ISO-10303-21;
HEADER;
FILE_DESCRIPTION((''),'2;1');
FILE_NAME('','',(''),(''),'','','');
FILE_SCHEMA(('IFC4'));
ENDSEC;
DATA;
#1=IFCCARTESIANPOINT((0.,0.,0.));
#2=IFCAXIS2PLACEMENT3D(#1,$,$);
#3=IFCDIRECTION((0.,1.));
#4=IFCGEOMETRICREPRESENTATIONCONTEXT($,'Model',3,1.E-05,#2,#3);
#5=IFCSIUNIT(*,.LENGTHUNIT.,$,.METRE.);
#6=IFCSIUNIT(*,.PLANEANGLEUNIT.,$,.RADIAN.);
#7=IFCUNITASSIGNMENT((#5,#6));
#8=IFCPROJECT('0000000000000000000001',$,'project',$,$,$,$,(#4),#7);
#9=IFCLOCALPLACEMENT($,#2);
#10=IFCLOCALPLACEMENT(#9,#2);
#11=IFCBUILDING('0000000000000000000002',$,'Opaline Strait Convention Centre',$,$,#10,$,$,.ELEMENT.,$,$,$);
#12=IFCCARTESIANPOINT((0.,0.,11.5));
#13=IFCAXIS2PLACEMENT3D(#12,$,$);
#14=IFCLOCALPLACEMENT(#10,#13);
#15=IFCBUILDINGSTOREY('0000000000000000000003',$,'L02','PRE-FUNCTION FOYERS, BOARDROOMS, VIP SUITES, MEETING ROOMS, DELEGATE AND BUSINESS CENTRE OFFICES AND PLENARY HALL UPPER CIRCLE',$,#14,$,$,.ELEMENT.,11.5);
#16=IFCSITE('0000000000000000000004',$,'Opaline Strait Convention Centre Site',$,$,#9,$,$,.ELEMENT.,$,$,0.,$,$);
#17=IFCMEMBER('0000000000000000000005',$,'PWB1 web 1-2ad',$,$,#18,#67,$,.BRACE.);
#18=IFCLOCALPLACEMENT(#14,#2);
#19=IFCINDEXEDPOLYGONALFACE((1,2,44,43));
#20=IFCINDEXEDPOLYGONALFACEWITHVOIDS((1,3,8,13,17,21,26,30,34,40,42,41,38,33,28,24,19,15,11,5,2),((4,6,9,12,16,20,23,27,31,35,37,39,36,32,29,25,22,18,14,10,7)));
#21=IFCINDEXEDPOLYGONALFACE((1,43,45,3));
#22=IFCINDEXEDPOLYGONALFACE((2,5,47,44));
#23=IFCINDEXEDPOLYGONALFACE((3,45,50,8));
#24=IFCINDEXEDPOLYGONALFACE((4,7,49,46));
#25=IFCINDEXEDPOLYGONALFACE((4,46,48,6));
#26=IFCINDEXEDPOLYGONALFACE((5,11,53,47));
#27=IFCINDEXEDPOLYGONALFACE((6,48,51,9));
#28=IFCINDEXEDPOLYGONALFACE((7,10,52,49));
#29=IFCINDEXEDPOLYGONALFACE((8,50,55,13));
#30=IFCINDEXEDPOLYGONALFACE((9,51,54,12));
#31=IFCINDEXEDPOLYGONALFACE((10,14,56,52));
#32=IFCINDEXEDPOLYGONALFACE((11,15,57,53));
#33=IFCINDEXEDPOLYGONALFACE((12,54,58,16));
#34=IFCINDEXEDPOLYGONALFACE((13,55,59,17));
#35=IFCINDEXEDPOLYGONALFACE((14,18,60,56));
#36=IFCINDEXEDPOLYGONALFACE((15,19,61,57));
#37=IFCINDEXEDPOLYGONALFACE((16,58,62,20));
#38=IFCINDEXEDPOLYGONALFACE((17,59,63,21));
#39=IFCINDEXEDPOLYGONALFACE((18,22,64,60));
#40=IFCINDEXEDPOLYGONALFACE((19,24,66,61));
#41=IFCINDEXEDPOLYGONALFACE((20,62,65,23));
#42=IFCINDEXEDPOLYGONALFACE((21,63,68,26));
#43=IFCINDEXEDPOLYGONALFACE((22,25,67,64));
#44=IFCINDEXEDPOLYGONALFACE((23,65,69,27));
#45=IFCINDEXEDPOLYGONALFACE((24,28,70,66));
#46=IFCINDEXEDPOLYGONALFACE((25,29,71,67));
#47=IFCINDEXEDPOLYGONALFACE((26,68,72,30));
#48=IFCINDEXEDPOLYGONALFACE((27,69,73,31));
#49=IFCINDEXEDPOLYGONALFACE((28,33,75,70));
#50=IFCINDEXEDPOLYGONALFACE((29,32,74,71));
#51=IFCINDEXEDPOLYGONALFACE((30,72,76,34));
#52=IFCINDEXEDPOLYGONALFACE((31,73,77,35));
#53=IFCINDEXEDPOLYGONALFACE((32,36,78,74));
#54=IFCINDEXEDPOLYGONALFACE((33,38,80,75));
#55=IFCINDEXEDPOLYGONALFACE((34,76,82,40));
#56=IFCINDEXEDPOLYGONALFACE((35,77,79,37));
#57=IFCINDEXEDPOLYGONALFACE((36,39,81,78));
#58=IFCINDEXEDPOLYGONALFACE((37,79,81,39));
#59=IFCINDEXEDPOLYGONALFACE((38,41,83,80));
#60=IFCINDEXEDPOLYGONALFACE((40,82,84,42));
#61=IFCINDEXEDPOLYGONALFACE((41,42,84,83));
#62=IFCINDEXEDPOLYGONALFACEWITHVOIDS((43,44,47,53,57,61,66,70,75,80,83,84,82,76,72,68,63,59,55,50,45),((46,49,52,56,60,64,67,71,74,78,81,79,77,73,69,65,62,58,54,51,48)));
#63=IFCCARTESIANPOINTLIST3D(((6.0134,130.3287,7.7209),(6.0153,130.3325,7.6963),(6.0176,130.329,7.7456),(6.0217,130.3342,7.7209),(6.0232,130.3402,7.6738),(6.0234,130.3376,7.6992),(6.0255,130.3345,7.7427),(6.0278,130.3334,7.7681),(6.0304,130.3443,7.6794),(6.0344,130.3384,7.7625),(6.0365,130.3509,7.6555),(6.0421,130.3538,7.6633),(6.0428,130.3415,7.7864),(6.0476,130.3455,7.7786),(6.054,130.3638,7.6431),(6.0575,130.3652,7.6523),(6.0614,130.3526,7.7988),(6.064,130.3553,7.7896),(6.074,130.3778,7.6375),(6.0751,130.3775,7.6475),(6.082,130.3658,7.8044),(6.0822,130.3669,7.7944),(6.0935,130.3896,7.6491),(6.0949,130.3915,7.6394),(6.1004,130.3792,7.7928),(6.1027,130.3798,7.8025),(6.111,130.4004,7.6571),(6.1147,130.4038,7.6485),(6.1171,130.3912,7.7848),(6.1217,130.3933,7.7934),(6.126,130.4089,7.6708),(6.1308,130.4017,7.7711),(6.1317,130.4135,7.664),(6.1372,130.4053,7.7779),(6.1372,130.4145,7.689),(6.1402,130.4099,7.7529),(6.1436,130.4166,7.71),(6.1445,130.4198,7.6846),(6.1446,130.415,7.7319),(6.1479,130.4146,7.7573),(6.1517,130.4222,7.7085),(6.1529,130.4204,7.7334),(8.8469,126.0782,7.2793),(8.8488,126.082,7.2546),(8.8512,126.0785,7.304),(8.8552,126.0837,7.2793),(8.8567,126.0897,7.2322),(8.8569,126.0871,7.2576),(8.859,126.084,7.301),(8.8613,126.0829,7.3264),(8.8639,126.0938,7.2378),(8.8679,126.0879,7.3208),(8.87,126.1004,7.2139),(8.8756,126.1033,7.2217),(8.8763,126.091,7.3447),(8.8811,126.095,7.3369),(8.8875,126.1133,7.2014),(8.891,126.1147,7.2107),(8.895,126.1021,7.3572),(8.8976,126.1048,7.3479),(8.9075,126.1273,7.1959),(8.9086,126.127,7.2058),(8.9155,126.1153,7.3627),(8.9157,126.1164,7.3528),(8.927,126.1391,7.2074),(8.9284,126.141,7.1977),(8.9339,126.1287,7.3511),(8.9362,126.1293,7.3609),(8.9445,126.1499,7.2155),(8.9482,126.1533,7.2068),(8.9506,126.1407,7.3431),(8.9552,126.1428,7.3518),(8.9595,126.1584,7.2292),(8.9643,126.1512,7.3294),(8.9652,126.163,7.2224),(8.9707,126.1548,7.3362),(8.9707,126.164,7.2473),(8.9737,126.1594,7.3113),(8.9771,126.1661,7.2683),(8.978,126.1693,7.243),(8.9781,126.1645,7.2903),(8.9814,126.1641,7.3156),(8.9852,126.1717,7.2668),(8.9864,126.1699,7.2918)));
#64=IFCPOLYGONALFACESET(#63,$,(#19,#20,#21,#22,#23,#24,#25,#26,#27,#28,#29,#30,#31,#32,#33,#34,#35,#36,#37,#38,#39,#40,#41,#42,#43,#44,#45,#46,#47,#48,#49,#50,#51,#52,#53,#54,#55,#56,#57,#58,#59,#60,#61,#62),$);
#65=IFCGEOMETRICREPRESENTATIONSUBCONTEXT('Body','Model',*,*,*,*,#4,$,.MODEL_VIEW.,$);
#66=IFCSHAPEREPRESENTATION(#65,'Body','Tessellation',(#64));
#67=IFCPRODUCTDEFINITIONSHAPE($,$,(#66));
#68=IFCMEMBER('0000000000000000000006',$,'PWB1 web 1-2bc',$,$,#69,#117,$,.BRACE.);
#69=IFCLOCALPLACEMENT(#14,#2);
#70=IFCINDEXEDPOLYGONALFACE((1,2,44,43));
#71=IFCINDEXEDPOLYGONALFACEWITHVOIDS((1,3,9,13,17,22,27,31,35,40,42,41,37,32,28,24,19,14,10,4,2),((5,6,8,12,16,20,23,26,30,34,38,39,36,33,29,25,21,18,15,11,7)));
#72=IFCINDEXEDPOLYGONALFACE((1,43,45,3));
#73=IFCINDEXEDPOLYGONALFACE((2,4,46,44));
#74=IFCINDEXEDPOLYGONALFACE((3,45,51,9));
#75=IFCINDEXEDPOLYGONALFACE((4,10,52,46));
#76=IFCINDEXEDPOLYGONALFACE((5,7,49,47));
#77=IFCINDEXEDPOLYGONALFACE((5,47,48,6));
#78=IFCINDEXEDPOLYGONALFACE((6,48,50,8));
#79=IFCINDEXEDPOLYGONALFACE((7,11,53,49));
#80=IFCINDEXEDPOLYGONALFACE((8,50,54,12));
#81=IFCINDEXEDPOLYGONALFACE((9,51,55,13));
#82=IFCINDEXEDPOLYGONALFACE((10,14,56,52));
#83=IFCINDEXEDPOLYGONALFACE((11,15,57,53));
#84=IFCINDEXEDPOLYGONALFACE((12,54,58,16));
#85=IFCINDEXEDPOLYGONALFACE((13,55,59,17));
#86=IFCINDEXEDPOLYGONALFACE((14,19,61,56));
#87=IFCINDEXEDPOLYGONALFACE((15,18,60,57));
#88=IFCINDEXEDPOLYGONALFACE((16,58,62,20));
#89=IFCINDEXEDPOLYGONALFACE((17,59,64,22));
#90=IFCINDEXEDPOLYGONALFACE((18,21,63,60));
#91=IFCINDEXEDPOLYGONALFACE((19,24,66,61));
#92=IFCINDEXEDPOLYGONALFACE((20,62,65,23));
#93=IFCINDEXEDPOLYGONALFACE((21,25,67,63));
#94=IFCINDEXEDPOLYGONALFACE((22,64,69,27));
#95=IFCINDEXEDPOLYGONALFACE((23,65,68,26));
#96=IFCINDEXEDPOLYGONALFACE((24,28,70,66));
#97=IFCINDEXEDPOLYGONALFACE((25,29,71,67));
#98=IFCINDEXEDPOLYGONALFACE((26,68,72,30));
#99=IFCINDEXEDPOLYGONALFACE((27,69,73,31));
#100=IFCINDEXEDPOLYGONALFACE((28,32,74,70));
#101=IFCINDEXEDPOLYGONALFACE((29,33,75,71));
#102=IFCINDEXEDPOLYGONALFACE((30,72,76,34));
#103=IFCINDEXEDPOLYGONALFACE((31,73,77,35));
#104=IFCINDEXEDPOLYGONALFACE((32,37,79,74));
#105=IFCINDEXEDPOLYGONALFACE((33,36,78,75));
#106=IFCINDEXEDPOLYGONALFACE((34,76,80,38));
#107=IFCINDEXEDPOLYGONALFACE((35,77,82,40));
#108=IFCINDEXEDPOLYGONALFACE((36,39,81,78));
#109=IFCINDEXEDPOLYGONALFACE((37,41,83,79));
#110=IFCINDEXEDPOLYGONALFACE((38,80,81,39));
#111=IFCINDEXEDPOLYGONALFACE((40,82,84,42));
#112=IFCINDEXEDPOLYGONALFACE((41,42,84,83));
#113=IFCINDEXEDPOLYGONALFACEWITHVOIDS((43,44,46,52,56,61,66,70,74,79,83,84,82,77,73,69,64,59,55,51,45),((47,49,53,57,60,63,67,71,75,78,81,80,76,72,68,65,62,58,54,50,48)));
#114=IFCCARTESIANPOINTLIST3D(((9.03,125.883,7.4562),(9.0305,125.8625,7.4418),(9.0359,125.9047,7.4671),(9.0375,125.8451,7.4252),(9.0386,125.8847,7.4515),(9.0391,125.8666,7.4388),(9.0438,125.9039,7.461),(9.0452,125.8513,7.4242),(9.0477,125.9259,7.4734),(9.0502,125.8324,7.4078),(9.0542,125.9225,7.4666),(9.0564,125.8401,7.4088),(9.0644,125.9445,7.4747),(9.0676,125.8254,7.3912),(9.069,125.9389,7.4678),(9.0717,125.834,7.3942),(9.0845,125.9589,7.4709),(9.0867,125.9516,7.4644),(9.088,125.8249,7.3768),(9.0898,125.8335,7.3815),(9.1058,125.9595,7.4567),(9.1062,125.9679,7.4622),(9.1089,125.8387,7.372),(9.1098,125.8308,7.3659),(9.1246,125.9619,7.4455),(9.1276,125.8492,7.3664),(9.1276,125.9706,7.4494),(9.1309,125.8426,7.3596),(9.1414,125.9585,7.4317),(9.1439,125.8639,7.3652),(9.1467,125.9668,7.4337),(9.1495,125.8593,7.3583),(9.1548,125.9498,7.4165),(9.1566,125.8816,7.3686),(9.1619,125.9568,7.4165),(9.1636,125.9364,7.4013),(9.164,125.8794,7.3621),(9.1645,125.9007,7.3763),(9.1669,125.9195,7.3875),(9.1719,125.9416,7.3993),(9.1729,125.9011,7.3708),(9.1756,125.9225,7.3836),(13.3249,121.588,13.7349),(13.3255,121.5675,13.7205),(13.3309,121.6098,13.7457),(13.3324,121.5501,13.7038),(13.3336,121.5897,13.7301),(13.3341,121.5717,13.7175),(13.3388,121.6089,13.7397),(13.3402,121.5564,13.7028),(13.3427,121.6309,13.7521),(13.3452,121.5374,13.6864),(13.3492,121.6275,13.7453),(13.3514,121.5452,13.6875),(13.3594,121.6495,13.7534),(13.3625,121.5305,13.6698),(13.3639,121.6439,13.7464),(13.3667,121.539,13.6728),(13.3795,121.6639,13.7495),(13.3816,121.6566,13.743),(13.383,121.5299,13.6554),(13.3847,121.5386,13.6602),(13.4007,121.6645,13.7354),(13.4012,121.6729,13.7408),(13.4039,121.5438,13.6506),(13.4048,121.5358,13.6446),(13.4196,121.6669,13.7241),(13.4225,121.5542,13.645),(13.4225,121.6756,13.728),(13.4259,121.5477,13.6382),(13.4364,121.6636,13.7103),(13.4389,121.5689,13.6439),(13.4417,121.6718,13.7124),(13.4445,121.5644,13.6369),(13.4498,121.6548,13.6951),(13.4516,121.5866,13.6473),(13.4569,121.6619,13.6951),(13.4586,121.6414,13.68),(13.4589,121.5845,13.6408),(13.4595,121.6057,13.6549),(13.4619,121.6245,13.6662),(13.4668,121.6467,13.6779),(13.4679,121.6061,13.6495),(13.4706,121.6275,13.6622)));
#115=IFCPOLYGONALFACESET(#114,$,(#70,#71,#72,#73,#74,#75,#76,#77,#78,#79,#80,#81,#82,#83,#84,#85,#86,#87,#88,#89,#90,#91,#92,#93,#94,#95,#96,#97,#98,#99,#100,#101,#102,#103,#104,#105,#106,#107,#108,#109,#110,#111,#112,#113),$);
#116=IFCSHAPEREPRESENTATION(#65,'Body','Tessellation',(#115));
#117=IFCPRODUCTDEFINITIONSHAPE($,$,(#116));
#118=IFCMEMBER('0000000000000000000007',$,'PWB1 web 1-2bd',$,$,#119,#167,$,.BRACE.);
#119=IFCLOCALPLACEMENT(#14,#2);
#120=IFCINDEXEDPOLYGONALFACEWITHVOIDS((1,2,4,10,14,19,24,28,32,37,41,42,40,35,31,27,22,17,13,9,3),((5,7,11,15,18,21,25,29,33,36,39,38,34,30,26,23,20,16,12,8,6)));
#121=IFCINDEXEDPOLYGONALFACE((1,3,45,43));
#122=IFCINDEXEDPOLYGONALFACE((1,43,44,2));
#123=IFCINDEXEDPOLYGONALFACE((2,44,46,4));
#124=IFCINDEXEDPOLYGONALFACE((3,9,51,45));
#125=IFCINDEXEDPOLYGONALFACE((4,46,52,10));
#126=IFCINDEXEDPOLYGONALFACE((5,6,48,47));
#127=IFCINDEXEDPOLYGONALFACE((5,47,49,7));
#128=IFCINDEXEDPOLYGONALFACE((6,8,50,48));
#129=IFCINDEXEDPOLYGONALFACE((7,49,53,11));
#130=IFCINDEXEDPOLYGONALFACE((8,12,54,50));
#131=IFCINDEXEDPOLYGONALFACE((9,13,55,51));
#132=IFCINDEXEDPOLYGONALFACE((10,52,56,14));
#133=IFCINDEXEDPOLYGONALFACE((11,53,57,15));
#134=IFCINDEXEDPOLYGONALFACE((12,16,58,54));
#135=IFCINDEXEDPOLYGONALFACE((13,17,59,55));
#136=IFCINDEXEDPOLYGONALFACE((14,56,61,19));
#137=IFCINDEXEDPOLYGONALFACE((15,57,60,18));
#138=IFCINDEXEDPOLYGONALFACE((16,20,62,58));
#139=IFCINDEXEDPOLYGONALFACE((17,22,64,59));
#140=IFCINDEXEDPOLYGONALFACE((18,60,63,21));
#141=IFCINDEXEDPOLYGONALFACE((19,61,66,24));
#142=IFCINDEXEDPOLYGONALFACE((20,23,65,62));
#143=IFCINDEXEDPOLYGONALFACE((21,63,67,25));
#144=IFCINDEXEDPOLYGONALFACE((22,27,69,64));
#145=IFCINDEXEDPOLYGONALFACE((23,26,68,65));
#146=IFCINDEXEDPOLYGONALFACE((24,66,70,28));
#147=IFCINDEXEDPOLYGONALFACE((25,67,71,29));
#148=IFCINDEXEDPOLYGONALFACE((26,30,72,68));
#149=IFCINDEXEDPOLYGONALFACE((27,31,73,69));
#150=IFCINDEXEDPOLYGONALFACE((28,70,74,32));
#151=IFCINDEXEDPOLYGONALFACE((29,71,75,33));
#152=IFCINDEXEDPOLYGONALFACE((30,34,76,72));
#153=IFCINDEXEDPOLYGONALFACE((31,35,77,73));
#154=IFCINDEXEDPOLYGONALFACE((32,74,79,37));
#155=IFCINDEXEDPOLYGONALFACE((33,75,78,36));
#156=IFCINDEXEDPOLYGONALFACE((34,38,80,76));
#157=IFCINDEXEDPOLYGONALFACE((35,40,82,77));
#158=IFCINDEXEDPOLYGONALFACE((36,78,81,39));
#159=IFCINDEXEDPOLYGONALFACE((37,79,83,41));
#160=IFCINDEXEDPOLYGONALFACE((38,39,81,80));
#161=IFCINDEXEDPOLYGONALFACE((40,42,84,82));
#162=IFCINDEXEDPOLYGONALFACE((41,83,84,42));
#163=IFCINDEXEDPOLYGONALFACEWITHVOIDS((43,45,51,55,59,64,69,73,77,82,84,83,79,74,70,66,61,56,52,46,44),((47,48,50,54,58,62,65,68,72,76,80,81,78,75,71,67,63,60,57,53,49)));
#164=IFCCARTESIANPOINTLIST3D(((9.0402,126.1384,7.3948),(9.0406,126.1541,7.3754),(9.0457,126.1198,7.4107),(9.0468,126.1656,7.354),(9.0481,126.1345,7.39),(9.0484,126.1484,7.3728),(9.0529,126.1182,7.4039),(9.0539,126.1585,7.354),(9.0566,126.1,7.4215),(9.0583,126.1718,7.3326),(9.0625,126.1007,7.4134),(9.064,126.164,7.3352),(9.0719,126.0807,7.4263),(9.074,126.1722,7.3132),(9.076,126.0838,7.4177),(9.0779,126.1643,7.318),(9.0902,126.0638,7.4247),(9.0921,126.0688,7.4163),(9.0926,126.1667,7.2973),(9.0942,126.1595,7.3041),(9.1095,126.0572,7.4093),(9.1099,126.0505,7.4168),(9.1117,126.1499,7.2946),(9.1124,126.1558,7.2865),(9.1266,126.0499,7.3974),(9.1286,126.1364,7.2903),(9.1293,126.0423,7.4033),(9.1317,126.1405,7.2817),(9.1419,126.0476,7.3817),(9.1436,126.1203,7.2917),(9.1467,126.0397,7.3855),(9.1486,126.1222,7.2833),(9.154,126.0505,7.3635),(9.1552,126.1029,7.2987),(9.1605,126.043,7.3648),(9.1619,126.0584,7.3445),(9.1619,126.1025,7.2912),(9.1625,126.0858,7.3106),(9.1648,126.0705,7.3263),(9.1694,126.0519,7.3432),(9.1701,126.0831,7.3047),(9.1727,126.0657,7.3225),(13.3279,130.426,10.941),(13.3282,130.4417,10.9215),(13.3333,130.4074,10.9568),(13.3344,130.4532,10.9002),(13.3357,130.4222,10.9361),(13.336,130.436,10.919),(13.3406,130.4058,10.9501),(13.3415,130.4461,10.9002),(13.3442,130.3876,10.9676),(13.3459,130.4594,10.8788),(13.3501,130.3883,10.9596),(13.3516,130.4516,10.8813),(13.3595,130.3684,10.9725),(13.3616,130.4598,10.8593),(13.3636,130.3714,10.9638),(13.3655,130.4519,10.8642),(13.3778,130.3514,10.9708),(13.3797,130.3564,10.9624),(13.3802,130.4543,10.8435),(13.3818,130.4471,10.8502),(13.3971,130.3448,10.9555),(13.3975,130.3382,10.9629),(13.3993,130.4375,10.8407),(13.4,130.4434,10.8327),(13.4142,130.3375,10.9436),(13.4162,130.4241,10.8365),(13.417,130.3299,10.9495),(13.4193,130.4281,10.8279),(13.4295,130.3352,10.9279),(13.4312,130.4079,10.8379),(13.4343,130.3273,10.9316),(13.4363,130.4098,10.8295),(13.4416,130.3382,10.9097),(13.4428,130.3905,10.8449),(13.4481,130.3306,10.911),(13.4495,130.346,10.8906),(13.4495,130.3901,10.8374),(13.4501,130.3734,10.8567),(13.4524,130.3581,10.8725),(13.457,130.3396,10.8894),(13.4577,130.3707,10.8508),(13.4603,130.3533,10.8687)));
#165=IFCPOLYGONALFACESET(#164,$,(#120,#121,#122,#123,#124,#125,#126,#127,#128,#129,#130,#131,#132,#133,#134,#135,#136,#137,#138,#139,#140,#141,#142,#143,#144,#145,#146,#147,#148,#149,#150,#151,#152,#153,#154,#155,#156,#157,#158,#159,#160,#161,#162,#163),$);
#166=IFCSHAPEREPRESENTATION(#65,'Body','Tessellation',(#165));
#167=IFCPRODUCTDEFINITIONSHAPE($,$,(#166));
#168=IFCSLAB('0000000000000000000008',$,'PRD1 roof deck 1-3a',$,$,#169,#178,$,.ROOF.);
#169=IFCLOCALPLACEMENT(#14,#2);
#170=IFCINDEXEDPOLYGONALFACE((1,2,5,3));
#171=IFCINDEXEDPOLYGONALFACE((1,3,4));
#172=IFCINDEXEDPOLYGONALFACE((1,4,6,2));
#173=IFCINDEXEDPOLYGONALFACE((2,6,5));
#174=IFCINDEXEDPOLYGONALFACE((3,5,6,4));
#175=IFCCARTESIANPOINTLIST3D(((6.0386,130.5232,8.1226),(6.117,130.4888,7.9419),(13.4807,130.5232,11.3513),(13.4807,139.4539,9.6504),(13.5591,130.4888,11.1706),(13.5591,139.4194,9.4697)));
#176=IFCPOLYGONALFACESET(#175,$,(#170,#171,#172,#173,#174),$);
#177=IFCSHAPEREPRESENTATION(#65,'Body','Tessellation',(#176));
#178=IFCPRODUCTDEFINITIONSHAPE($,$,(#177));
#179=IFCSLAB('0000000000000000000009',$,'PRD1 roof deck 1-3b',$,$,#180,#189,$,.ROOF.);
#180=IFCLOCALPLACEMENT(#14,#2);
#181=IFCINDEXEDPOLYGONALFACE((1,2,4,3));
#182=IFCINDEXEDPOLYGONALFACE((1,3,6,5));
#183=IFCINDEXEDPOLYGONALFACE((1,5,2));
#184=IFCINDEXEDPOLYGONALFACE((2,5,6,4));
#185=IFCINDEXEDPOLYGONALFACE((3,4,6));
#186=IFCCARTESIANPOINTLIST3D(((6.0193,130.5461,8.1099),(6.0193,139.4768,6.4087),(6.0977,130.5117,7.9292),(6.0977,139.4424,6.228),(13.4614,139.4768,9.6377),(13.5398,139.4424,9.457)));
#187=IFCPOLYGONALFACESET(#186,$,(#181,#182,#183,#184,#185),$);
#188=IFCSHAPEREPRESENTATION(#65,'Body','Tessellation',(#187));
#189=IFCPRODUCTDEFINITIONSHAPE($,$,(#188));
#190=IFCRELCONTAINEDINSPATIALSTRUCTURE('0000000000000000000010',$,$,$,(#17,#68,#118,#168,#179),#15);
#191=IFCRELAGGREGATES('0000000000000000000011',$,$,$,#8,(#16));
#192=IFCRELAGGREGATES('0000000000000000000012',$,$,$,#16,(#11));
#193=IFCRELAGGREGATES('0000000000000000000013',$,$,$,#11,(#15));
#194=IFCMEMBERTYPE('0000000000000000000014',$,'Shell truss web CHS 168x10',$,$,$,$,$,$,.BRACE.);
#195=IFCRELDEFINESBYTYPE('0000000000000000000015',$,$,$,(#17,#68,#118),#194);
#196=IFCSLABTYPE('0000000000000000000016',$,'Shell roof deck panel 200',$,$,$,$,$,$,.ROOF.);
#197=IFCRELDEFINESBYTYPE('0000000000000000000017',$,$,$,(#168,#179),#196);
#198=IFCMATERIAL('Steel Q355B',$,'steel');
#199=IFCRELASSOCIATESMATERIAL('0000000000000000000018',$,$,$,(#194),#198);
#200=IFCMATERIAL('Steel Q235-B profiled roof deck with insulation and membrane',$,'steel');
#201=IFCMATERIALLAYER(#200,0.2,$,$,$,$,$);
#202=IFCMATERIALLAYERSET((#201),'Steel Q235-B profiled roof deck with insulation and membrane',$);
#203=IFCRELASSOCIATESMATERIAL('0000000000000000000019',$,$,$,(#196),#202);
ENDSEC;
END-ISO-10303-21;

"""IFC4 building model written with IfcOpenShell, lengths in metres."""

from ifc_helpers import new_model, si_unit, direction, frame, origin, origin_2d, place, context, subcontext, project, spatial, polyline, hollow_circle, outline, extrude, material, layer, layer_set, material_profile, profile_set, type_object, element, save


model = new_model("IFC4")

# Units and contexts
model_context = context("Model", 3, precision=1e-05, world=origin(), true_north=direction((0.0, 1.0)))
body_context = subcontext(model_context, "Body", "Model", "MODEL_VIEW")
ifc_project = project(units=[si_unit("LENGTHUNIT", "METRE"), si_unit("PLANEANGLEUNIT", "RADIAN")], contexts=[model_context])

# Site, building, storey
site_placement = place(None, origin())
site = spatial("IfcSite", under=ifc_project, at=site_placement, Name="Opaline Strait Convention Centre Site", CompositionType="ELEMENT", RefElevation=0.0)
building_placement = place(site_placement, origin())
building = spatial("IfcBuilding", under=site, at=building_placement, Name="Opaline Strait Convention Centre", CompositionType="ELEMENT")
storey_placement = place(building_placement, frame((0.0, 0.0, 11.5)))
storey = spatial("IfcBuildingStorey", under=building, at=storey_placement, Name="L02", Description="PRE-FUNCTION FOYERS, BOARDROOMS, VIP SUITES, MEETING ROOMS, DELEGATE AND BUSINESS CENTRE OFFICES AND PLENARY HALL UPPER CIRCLE", CompositionType="ELEMENT", Elevation=11.5)

# Members
ifc_material_1 = material(Name="Steel Q355B", Category="steel")
ifc_material_profile_1 = material_profile(ifc_material_1, hollow_circle(Radius=0.084, WallThickness=0.01, at=origin_2d()), Name="CHS 168x10")
ifc_profile_set_1 = profile_set([ifc_material_profile_1], Name="Steel Q355B")
member_type_1 = type_object("IfcMemberType", Name="Shell truss web CHS 168x10", PredefinedType="BRACE", material=ifc_profile_set_1)
member_1_placement = place(storey_placement, frame((8.9167, 126.1248, 7.2793), z_axis=(-0.552617, 0.828973, 0.086135), x_axis=(-0.832065, -0.554678, 0.0)))
element("IfcMember", 1, at=member_1_placement, inside=storey, type_object=member_type_1, Name="PWB1 web 1-2ad", PredefinedType="BRACE", context=body_context, shape_type="SweptSolid", body=[
    extrude(hollow_circle(Radius=0.084, WallThickness=0.01, at=origin_2d()), origin(), (0.0, 0.0, 1.0), 5.1274),
])
member_2_placement = place(storey_placement, frame((9.1025, 125.8975, 7.4165), z_axis=(0.49165, -0.49165, 0.718722), x_axis=(0.707107, 0.707107, 0.0)))
element("IfcMember", 2, at=member_2_placement, inside=storey, type_object=member_type_1, Name="PWB1 web 1-2bc", PredefinedType="BRACE", context=body_context, shape_type="SweptSolid", body=[
    extrude(hollow_circle(Radius=0.084, WallThickness=0.01, at=origin_2d()), origin(), (0.0, 0.0, 1.0), 8.7358),
])
member_3_placement = place(storey_placement, frame((9.1062, 126.1062, 7.354), z_axis=(0.610387, 0.610387, 0.504833), x_axis=(-0.707107, 0.707107, 0.0)))
element("IfcMember", 3, at=member_3_placement, inside=storey, type_object=member_type_1, Name="PWB1 web 1-2bd", PredefinedType="BRACE", context=body_context, shape_type="SweptSolid", body=[
    extrude(hollow_circle(Radius=0.084, WallThickness=0.01, at=origin_2d()), origin(), (0.0, 0.0, 1.0), 7.0244),
])

# Slabs
ifc_material_2 = material(Name="Steel Q235-B profiled roof deck with insulation and membrane", Category="steel")
ifc_layer_1 = layer(ifc_material_2, 0.2)
ifc_layer_set_1 = layer_set([ifc_layer_1], Name="Steel Q235-B profiled roof deck with insulation and membrane")
slab_type = type_object("IfcSlabType", Name="Shell roof deck panel 200", PredefinedType="ROOF", material=ifc_layer_set_1)
slab_1_placement = place(storey_placement, frame((6.0386, 130.5232, 8.1226), z_axis=(-0.392066, 0.172117, 0.903693), x_axis=(0.917383, 0.0, 0.398005)))
element("IfcSlab", 4, at=slab_1_placement, inside=storey, type_object=slab_type, Name="PRD1 roof deck 1-3a", PredefinedType="ROOF", context=body_context, shape_type="SweptSolid", body=[
    extrude(outline(polyline([(0.0, 0.0), (8.1124, 0.0), (7.4354, 9.066), (0.0, 0.0)])), origin(), (0.0, 0.0, -1.0), 0.2),
])
slab_2_placement = place(storey_placement, frame((6.0193, 130.5461, 8.1099), z_axis=(-0.392089, 0.172139, 0.903678), x_axis=(0.634722, 0.761675, 0.130305)))
element("IfcSlab", 5, at=slab_2_placement, inside=storey, type_object=slab_type, Name="PRD1 roof deck 1-3b", PredefinedType="ROOF", context=body_context, shape_type="SweptSolid", body=[
    extrude(outline(polyline([(0.0, 0.0), (11.725, 0.0), (6.5806, 6.2727), (0.0, 0.0)])), origin(), (0.0, 0.0, -1.0), 0.2),
])

save(model, "model.ifc")
